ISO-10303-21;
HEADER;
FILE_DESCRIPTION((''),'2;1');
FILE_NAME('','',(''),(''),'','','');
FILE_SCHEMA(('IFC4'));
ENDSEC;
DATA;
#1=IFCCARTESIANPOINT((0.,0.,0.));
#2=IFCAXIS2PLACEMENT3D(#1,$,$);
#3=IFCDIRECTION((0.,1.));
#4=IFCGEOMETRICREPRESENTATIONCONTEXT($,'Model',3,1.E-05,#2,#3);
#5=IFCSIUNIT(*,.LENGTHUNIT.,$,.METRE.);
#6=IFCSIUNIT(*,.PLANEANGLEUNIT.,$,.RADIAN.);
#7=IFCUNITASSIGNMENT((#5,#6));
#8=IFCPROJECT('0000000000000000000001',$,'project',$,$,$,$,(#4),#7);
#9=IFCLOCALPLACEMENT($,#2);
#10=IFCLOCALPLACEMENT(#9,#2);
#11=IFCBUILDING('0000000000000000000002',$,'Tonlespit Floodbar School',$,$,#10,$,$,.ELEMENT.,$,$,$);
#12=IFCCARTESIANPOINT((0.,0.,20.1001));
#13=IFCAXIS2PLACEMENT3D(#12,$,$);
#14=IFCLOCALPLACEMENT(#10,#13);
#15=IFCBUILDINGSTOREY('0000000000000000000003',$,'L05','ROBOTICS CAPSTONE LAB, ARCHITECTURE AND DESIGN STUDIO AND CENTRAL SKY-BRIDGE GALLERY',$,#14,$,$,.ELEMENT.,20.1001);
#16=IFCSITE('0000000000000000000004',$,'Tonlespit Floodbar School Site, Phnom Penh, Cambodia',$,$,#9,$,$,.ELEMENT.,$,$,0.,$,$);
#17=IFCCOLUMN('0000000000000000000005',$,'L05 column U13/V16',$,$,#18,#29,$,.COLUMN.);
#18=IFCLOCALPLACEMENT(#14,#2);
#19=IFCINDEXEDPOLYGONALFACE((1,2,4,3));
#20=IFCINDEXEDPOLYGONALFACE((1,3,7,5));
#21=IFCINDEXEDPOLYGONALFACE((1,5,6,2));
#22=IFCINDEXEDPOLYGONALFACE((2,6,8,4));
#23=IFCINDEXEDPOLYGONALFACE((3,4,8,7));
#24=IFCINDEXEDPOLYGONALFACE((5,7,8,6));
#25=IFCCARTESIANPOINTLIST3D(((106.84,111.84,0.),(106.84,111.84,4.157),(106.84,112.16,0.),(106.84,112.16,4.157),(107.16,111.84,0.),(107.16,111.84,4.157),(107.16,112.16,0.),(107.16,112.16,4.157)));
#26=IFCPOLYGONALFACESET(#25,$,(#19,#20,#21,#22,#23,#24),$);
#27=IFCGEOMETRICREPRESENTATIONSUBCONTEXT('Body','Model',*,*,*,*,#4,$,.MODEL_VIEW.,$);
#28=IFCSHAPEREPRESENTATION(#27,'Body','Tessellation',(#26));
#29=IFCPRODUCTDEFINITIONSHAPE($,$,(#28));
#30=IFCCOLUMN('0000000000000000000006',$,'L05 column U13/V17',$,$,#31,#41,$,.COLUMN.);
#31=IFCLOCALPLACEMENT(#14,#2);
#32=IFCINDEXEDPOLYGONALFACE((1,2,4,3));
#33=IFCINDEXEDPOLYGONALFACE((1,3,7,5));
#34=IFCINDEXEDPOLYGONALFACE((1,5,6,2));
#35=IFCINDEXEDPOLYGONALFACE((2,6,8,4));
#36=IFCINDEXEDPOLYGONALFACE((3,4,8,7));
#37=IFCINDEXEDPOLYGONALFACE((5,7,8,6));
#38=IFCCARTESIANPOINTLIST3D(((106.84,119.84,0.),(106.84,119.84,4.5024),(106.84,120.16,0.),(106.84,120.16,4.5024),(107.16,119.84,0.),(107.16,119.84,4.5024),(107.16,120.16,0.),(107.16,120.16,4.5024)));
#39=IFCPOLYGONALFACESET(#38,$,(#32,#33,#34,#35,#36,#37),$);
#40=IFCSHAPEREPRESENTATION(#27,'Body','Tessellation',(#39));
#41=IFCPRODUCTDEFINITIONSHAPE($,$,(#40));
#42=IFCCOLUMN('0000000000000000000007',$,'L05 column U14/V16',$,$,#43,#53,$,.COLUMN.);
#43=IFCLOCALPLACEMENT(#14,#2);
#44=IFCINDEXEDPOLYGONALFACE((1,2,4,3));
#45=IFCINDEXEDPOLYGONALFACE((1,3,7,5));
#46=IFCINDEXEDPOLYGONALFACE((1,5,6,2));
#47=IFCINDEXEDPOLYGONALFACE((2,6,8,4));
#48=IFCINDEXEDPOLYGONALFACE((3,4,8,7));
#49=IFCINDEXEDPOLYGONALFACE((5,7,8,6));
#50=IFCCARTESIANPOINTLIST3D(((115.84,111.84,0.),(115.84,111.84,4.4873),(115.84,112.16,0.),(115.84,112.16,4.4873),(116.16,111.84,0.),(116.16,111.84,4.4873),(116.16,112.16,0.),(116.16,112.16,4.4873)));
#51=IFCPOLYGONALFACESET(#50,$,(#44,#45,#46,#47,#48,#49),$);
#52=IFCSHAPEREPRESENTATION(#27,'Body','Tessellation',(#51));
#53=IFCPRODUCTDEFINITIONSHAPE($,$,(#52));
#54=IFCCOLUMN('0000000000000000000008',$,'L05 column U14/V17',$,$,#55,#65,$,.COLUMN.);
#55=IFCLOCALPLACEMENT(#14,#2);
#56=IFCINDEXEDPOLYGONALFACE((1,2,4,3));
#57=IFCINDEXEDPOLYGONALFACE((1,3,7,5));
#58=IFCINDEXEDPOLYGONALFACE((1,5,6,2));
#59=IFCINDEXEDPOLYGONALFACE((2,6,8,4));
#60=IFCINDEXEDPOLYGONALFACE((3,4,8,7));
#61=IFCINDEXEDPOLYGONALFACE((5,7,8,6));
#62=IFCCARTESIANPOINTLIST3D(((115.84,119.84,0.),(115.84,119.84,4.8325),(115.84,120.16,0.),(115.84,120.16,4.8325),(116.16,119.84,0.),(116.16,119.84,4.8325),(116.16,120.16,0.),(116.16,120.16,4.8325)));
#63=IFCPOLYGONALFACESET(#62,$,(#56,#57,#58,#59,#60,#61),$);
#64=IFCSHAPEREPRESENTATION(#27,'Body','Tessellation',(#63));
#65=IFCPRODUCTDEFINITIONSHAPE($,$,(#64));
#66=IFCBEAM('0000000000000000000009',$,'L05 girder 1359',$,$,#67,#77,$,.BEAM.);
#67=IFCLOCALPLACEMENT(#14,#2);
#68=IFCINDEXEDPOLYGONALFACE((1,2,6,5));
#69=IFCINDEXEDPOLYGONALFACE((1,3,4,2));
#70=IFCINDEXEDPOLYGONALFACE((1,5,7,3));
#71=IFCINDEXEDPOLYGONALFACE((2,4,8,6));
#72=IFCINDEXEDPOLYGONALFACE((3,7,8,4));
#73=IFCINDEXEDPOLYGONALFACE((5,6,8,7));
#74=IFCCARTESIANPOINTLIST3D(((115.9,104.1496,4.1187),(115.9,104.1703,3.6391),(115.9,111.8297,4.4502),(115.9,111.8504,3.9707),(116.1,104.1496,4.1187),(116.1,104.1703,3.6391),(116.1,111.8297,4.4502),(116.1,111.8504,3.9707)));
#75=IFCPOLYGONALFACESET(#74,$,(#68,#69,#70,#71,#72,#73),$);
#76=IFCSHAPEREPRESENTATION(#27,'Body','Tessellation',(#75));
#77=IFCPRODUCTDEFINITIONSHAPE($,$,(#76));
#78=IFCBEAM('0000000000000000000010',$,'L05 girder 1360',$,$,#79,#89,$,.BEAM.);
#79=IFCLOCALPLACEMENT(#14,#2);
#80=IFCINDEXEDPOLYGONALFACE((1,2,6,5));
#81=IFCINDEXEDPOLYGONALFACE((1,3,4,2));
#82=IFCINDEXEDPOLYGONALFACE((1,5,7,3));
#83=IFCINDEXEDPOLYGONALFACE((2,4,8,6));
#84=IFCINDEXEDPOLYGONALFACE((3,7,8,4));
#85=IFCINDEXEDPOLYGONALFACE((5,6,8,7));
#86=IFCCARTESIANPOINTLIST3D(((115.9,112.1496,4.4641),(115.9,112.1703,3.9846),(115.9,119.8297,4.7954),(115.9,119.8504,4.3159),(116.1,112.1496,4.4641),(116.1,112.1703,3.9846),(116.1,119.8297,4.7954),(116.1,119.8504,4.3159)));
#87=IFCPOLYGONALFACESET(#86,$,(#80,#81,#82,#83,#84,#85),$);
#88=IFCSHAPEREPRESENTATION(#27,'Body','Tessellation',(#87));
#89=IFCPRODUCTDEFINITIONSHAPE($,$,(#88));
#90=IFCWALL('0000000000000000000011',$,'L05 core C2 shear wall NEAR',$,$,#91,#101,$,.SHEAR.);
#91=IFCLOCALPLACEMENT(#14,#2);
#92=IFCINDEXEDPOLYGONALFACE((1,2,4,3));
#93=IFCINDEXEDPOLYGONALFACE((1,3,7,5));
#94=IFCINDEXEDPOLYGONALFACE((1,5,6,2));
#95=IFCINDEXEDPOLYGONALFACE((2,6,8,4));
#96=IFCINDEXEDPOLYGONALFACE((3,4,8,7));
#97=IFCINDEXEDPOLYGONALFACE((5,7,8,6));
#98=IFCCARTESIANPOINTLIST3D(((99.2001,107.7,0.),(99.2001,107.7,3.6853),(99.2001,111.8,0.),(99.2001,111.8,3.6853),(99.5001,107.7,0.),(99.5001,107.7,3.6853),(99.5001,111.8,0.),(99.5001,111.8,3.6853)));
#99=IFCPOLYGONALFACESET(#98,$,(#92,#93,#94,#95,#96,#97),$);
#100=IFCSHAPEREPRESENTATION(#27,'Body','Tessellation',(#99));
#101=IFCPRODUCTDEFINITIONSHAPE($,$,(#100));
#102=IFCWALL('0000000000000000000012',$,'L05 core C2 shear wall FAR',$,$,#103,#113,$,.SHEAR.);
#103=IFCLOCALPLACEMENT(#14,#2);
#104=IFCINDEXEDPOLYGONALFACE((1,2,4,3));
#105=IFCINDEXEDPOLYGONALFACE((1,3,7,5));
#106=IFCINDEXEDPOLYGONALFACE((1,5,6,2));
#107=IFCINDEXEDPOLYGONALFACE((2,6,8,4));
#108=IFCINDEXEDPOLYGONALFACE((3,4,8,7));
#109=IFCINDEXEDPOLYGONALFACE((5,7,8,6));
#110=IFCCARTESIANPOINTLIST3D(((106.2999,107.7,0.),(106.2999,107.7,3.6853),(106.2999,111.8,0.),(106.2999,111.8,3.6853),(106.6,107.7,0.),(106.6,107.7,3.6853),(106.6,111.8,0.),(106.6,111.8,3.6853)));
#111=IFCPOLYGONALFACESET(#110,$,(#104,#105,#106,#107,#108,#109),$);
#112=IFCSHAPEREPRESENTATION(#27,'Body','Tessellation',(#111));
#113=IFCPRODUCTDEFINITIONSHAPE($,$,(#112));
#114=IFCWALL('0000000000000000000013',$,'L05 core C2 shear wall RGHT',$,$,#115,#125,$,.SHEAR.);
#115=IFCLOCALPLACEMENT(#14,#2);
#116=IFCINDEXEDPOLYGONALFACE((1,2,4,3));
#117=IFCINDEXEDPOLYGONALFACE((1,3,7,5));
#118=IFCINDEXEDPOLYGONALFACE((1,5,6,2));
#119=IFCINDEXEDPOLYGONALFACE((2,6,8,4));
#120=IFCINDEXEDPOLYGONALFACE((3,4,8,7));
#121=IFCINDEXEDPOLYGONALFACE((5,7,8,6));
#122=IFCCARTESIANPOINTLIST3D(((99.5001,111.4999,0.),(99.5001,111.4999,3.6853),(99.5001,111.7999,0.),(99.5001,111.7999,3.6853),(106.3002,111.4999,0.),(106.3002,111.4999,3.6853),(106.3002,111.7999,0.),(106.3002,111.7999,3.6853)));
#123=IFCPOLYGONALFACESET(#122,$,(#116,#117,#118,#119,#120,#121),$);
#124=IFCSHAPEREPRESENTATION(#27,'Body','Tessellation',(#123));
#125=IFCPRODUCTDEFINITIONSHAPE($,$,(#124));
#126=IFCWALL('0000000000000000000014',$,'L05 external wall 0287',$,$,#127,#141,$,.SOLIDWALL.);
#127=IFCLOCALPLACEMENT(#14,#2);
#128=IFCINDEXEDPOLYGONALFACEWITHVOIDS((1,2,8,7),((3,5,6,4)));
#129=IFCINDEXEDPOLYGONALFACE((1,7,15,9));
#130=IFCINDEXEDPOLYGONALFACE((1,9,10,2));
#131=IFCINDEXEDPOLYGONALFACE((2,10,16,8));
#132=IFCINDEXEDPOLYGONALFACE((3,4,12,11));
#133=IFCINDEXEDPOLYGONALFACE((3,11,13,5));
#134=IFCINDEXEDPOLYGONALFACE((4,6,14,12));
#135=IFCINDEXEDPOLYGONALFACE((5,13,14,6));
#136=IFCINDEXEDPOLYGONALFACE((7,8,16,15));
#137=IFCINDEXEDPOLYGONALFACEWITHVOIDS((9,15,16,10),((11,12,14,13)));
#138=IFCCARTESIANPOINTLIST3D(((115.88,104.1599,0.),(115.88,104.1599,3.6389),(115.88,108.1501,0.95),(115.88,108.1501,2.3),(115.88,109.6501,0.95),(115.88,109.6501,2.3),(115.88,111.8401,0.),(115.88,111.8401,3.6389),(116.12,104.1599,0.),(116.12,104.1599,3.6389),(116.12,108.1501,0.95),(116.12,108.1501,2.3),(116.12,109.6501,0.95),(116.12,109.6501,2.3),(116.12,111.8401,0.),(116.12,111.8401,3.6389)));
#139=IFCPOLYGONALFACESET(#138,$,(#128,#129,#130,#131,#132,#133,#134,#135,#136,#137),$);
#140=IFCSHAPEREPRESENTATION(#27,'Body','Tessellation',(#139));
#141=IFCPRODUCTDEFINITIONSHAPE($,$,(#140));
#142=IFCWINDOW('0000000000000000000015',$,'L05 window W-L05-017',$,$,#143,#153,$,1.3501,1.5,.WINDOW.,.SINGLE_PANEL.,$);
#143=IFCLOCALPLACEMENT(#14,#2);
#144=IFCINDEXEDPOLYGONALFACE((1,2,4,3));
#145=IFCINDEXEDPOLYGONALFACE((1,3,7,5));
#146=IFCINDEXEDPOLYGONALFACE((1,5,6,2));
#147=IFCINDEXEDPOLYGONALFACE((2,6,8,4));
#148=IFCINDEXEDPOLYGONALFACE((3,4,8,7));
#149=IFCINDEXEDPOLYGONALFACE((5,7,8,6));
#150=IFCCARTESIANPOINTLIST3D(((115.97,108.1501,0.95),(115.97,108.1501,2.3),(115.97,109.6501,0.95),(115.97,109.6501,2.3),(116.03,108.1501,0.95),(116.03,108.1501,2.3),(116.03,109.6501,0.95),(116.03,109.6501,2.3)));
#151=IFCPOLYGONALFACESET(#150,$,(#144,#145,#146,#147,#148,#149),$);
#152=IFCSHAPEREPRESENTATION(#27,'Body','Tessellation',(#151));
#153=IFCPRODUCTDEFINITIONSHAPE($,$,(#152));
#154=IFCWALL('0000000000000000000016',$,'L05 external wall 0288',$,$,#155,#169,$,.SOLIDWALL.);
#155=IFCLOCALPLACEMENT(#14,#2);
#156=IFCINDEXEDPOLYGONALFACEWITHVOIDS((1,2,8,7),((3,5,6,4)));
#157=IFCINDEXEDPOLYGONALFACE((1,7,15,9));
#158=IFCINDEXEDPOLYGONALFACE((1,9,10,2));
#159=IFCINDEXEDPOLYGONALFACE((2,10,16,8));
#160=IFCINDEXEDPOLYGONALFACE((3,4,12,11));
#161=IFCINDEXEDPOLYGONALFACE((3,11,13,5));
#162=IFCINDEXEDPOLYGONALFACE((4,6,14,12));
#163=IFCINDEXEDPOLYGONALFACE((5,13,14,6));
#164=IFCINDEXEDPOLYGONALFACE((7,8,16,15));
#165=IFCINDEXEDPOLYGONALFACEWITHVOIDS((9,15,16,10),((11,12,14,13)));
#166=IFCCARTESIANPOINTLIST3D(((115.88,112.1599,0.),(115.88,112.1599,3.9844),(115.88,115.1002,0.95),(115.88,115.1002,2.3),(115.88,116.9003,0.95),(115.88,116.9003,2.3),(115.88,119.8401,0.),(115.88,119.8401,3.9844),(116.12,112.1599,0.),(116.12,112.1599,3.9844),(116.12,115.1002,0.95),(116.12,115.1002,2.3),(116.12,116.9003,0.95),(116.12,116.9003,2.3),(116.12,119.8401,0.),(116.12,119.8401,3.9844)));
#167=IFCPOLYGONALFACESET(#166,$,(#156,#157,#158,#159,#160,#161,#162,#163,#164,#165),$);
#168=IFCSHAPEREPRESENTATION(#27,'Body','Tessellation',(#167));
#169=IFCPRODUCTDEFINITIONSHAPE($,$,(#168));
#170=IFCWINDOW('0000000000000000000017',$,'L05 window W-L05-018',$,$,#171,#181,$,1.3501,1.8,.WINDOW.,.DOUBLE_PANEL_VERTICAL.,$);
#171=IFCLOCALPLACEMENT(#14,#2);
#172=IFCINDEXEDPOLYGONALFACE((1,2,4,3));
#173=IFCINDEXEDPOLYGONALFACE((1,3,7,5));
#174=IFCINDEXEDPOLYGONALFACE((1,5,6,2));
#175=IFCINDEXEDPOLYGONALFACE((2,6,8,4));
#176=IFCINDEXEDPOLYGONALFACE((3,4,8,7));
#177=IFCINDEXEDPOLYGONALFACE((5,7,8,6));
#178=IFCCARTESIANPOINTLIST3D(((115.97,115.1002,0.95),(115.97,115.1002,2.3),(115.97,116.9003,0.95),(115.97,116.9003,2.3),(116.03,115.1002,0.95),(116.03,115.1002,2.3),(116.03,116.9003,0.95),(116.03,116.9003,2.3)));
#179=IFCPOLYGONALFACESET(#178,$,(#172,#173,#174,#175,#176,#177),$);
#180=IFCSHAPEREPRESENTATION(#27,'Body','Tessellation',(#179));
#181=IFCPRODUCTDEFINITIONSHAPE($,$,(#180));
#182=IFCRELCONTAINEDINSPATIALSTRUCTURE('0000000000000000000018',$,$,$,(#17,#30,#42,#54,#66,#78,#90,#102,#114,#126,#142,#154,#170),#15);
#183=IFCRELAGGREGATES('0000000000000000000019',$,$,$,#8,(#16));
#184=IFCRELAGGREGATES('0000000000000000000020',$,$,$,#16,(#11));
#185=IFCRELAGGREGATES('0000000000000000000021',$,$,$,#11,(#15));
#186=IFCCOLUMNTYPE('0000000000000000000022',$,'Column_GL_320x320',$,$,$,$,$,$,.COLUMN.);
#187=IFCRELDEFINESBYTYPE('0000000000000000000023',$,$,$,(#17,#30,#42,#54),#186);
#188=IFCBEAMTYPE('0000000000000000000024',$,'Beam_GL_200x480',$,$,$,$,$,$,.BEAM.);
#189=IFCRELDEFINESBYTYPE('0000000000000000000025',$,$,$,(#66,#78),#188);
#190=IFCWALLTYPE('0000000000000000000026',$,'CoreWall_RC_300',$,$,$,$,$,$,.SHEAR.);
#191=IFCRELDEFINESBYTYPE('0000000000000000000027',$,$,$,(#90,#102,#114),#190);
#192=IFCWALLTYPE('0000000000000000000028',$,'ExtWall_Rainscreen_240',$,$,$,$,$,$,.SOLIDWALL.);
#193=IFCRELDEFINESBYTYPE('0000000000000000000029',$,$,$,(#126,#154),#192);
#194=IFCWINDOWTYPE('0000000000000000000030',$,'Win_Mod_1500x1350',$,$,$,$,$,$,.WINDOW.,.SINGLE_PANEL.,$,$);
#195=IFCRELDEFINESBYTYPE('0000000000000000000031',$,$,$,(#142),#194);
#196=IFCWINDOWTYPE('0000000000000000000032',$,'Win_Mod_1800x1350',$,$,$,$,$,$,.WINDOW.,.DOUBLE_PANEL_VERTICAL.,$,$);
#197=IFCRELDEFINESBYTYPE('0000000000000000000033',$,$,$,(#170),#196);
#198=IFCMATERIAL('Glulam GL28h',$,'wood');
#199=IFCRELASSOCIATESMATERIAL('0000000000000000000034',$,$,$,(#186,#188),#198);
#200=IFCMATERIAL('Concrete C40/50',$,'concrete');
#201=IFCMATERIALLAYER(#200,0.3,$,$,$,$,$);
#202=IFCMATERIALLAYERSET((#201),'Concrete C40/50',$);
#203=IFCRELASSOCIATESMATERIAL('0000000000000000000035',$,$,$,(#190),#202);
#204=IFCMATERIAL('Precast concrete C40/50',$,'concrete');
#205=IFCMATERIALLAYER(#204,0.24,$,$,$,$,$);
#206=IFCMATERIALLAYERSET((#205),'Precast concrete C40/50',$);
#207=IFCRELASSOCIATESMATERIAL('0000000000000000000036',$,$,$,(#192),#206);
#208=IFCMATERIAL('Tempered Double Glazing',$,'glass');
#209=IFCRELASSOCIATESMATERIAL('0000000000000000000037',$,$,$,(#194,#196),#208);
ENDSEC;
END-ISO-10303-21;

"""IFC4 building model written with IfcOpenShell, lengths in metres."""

from ifc_helpers import new_model, si_unit, direction, frame, frame_2d, origin, origin_2d, place, context, subcontext, project, spatial, rectangle, extrude, material, layer, layer_set, material_profile, profile_set, type_object, element, fill, save


model = new_model("IFC4")

# Units and contexts
model_context = context("Model", 3, precision=1e-05, world=origin(), true_north=direction((0.0, 1.0)))
body_context = subcontext(model_context, "Body", "Model", "MODEL_VIEW")
ifc_project = project(units=[si_unit("LENGTHUNIT", "METRE"), si_unit("PLANEANGLEUNIT", "RADIAN")], contexts=[model_context])

# Site, building, storey
site_placement = place(None, origin())
site = spatial("IfcSite", under=ifc_project, at=site_placement, Name="Tonlespit Floodbar School Site, Phnom Penh, Cambodia", CompositionType="ELEMENT", RefElevation=0.0)
building_placement = place(site_placement, origin())
building = spatial("IfcBuilding", under=site, at=building_placement, Name="Tonlespit Floodbar School", CompositionType="ELEMENT")
storey_placement = place(building_placement, frame((0.0, 0.0, 20.1001)))
storey = spatial("IfcBuildingStorey", under=building, at=storey_placement, Name="L05", Description="ROBOTICS CAPSTONE LAB, ARCHITECTURE AND DESIGN STUDIO AND CENTRAL SKY-BRIDGE GALLERY", CompositionType="ELEMENT", Elevation=20.1001)

# Columns
ifc_material_1 = material(Name="Glulam GL28h", Category="wood")
ifc_material_profile_1 = material_profile(ifc_material_1, rectangle(XDim=0.3201, YDim=0.3201, at=origin_2d()), Name="GL 320x320")
ifc_profile_set_1 = profile_set([ifc_material_profile_1], Name="Glulam GL28h")
column_type = type_object("IfcColumnType", Name="Column_GL_320x320", PredefinedType="COLUMN", material=ifc_profile_set_1)
column_1_placement = place(storey_placement, frame((107.0, 112.0, 0.0), z_axis=(0.0, 0.0, 1.0), x_axis=(1.0, 0.0, 0.0)))
element("IfcColumn", 1, at=column_1_placement, inside=storey, type_object=column_type, Name="L05 column U13/V16", PredefinedType="COLUMN", context=body_context, shape_type="SweptSolid", body=[
    extrude(rectangle(XDim=0.3201, YDim=0.3201, at=origin_2d()), origin(), (0.0, 0.0, 1.0), 4.157),
])
column_2_placement = place(storey_placement, frame((107.0, 120.0, 0.0), z_axis=(0.0, 0.0, 1.0), x_axis=(1.0, 0.0, 0.0)))
element("IfcColumn", 2, at=column_2_placement, inside=storey, type_object=column_type, Name="L05 column U13/V17", PredefinedType="COLUMN", context=body_context, shape_type="SweptSolid", body=[
    extrude(rectangle(XDim=0.3201, YDim=0.3201, at=origin_2d()), origin(), (0.0, 0.0, 1.0), 4.5024),
])
column_3_placement = place(storey_placement, frame((116.0, 112.0, 0.0), z_axis=(0.0, 0.0, 1.0), x_axis=(1.0, 0.0, 0.0)))
element("IfcColumn", 3, at=column_3_placement, inside=storey, type_object=column_type, Name="L05 column U14/V16", PredefinedType="COLUMN", context=body_context, shape_type="SweptSolid", body=[
    extrude(rectangle(XDim=0.3201, YDim=0.3201, at=origin_2d()), origin(), (0.0, 0.0, 1.0), 4.4873),
])
column_4_placement = place(storey_placement, frame((116.0, 120.0, 0.0), z_axis=(0.0, 0.0, 1.0), x_axis=(1.0, 0.0, 0.0)))
element("IfcColumn", 4, at=column_4_placement, inside=storey, type_object=column_type, Name="L05 column U14/V17", PredefinedType="COLUMN", context=body_context, shape_type="SweptSolid", body=[
    extrude(rectangle(XDim=0.3201, YDim=0.3201, at=origin_2d()), origin(), (0.0, 0.0, 1.0), 4.8325),
])

# Beams
ifc_material_profile_2 = material_profile(ifc_material_1, rectangle(XDim=0.2, YDim=0.48, at=origin_2d()), Name="GL 200x480")
ifc_profile_set_2 = profile_set([ifc_material_profile_2], Name="Glulam GL28h")
beam_type = type_object("IfcBeamType", Name="Beam_GL_200x480", PredefinedType="BEAM", material=ifc_profile_set_2)
for number, where, z_axis, x_axis, name in (
    (5, (116.0, 104.1599, 3.8789), (0.0, 0.99907, 0.043129), (-1.0, 0.0, 0.0), "L05 girder 1359"),
    (6, (116.0, 112.1599, 4.2244), (0.0, 0.999071, 0.043097), (-1.0, 0.0, 0.0), "L05 girder 1360"),
):
    element("IfcBeam", number, at=place(storey_placement, frame(where, z_axis=z_axis, x_axis=x_axis)), inside=storey, type_object=beam_type, Name=name, PredefinedType="BEAM", context=body_context, shape_type="SweptSolid", body=[
        extrude(rectangle(XDim=0.2, YDim=0.48, at=origin_2d()), origin(), (0.0, 0.0, 1.0), 7.6873),
    ])

# Walls
ifc_material_2 = material(Name="Concrete C40/50", Category="concrete")
ifc_layer_1 = layer(ifc_material_2, 0.3)
ifc_layer_set_1 = layer_set([ifc_layer_1], Name="Concrete C40/50")
wall_type_1 = type_object("IfcWallType", Name="CoreWall_RC_300", PredefinedType="SHEAR", material=ifc_layer_set_1)
for number, where, z_axis, x_axis, name in (
    (7, (99.3501, 107.7, 0.0), (0.0, 0.0, 1.0), (0.0, 1.0, 0.0), "L05 core C2 shear wall NEAR"),
    (8, (106.45, 111.8, 0.0), (0.0, 0.0, 1.0), (0.0, -1.0, 0.0), "L05 core C2 shear wall FAR"),
):
    element("IfcWall", number, at=place(storey_placement, frame(where, z_axis=z_axis, x_axis=x_axis)), inside=storey, type_object=wall_type_1, Name=name, PredefinedType="SHEAR", context=body_context, shape_type="SweptSolid", body=[
        extrude(rectangle(XDim=4.1001, YDim=0.3, at=frame_2d((2.05, 0.0))), origin(), (0.0, 0.0, 1.0), 3.6853),
    ])

# Wall
wall_1_placement = place(storey_placement, frame((106.3, 111.6499, 0.0), z_axis=(0.0, 0.0, 1.0), x_axis=(-1.0, 0.0, 0.0)))
element("IfcWall", 9, at=wall_1_placement, inside=storey, type_object=wall_type_1, Name="L05 core C2 shear wall RGHT", PredefinedType="SHEAR", context=body_context, shape_type="SweptSolid", body=[
    extrude(rectangle(XDim=6.8, YDim=0.3, at=frame_2d((3.3999, 0.0))), origin(), (0.0, 0.0, 1.0), 3.6853),
])

# Walls, openings, windows
ifc_material_3 = material(Name="Precast concrete C40/50", Category="concrete")
ifc_layer_2 = layer(ifc_material_3, 0.24)
ifc_layer_set_2 = layer_set([ifc_layer_2], Name="Precast concrete C40/50")
wall_type_2 = type_object("IfcWallType", Name="ExtWall_Rainscreen_240", PredefinedType="SOLIDWALL", material=ifc_layer_set_2)
wall_2_placement = place(storey_placement, frame((116.0, 111.8401, 0.0), z_axis=(0.0, 0.0, 1.0), x_axis=(0.0, -1.0, 0.0)))
wall_2 = element("IfcWall", 10, at=wall_2_placement, inside=storey, type_object=wall_type_2, Name="L05 external wall 0287", PredefinedType="SOLIDWALL", context=body_context, shape_type="SweptSolid", body=[
    extrude(rectangle(XDim=7.6802, YDim=0.24, at=frame_2d((3.8401, 0.0))), origin(), (0.0, 0.0, 1.0), 3.6389),
])
opening_1_placement = place(wall_2_placement, frame((2.1899, 0.0, 0.95)))
opening_1 = element("IfcOpeningElement", 11, at=opening_1_placement, cuts=wall_2, PredefinedType="OPENING", context=body_context, shape_type="SweptSolid", body=[
    extrude(rectangle(XDim=1.5, YDim=1.3501, at=frame_2d((0.75, 0.675))), frame((0.0, 0.1299, 0.0), z_axis=(0.0, -1.0, 0.0), x_axis=(1.0, 0.0, 0.0)), (0.0, 0.0, 1.0), 0.26),
])
ifc_material_4 = material(Name="Tempered Double Glazing", Category="glass")
window_type_1 = type_object("IfcWindowType", Name="Win_Mod_1500x1350", PartitioningType="SINGLE_PANEL", PredefinedType="WINDOW", material=ifc_material_4)
window_1_placement = place(opening_1_placement, origin())
window_1 = element("IfcWindow", 12, at=window_1_placement, inside=storey, type_object=window_type_1, Name="L05 window W-L05-017", OverallHeight=1.3501, OverallWidth=1.5, PartitioningType="SINGLE_PANEL", PredefinedType="WINDOW", context=body_context, shape_type="SweptSolid", body=[
    extrude(rectangle(XDim=1.5, YDim=1.3501, at=frame_2d((0.75, 0.675))), frame((0.0, 0.03, 0.0), z_axis=(0.0, -1.0, 0.0), x_axis=(1.0, 0.0, 0.0)), (0.0, 0.0, 1.0), 0.0601),
])
fill(opening_1, window_1)
wall_3_placement = place(storey_placement, frame((116.0, 119.8401, 0.0), z_axis=(0.0, 0.0, 1.0), x_axis=(0.0, -1.0, 0.0)))
wall_3 = element("IfcWall", 13, at=wall_3_placement, inside=storey, type_object=wall_type_2, Name="L05 external wall 0288", PredefinedType="SOLIDWALL", context=body_context, shape_type="SweptSolid", body=[
    extrude(rectangle(XDim=7.6802, YDim=0.24, at=frame_2d((3.8401, 0.0))), origin(), (0.0, 0.0, 1.0), 3.9844),
])
opening_2_placement = place(wall_3_placement, frame((2.9399, 0.0, 0.95)))
opening_2 = element("IfcOpeningElement", 14, at=opening_2_placement, cuts=wall_3, PredefinedType="OPENING", context=body_context, shape_type="SweptSolid", body=[
    extrude(rectangle(XDim=1.8, YDim=1.3501, at=frame_2d((0.8999, 0.675))), frame((0.0, 0.1299, 0.0), z_axis=(0.0, -1.0, 0.0), x_axis=(1.0, 0.0, 0.0)), (0.0, 0.0, 1.0), 0.26),
])
window_type_2 = type_object("IfcWindowType", Name="Win_Mod_1800x1350", PartitioningType="DOUBLE_PANEL_VERTICAL", PredefinedType="WINDOW", material=ifc_material_4)
window_2_placement = place(opening_2_placement, origin())
window_2 = element("IfcWindow", 15, at=window_2_placement, inside=storey, type_object=window_type_2, Name="L05 window W-L05-018", OverallHeight=1.3501, OverallWidth=1.8, PartitioningType="DOUBLE_PANEL_VERTICAL", PredefinedType="WINDOW", context=body_context, shape_type="SweptSolid", body=[
    extrude(rectangle(XDim=1.8, YDim=1.3501, at=frame_2d((0.8999, 0.675))), frame((0.0, 0.03, 0.0), z_axis=(0.0, -1.0, 0.0), x_axis=(1.0, 0.0, 0.0)), (0.0, 0.0, 1.0), 0.0601),
])
fill(opening_2, window_2)

save(model, "model.ifc")
